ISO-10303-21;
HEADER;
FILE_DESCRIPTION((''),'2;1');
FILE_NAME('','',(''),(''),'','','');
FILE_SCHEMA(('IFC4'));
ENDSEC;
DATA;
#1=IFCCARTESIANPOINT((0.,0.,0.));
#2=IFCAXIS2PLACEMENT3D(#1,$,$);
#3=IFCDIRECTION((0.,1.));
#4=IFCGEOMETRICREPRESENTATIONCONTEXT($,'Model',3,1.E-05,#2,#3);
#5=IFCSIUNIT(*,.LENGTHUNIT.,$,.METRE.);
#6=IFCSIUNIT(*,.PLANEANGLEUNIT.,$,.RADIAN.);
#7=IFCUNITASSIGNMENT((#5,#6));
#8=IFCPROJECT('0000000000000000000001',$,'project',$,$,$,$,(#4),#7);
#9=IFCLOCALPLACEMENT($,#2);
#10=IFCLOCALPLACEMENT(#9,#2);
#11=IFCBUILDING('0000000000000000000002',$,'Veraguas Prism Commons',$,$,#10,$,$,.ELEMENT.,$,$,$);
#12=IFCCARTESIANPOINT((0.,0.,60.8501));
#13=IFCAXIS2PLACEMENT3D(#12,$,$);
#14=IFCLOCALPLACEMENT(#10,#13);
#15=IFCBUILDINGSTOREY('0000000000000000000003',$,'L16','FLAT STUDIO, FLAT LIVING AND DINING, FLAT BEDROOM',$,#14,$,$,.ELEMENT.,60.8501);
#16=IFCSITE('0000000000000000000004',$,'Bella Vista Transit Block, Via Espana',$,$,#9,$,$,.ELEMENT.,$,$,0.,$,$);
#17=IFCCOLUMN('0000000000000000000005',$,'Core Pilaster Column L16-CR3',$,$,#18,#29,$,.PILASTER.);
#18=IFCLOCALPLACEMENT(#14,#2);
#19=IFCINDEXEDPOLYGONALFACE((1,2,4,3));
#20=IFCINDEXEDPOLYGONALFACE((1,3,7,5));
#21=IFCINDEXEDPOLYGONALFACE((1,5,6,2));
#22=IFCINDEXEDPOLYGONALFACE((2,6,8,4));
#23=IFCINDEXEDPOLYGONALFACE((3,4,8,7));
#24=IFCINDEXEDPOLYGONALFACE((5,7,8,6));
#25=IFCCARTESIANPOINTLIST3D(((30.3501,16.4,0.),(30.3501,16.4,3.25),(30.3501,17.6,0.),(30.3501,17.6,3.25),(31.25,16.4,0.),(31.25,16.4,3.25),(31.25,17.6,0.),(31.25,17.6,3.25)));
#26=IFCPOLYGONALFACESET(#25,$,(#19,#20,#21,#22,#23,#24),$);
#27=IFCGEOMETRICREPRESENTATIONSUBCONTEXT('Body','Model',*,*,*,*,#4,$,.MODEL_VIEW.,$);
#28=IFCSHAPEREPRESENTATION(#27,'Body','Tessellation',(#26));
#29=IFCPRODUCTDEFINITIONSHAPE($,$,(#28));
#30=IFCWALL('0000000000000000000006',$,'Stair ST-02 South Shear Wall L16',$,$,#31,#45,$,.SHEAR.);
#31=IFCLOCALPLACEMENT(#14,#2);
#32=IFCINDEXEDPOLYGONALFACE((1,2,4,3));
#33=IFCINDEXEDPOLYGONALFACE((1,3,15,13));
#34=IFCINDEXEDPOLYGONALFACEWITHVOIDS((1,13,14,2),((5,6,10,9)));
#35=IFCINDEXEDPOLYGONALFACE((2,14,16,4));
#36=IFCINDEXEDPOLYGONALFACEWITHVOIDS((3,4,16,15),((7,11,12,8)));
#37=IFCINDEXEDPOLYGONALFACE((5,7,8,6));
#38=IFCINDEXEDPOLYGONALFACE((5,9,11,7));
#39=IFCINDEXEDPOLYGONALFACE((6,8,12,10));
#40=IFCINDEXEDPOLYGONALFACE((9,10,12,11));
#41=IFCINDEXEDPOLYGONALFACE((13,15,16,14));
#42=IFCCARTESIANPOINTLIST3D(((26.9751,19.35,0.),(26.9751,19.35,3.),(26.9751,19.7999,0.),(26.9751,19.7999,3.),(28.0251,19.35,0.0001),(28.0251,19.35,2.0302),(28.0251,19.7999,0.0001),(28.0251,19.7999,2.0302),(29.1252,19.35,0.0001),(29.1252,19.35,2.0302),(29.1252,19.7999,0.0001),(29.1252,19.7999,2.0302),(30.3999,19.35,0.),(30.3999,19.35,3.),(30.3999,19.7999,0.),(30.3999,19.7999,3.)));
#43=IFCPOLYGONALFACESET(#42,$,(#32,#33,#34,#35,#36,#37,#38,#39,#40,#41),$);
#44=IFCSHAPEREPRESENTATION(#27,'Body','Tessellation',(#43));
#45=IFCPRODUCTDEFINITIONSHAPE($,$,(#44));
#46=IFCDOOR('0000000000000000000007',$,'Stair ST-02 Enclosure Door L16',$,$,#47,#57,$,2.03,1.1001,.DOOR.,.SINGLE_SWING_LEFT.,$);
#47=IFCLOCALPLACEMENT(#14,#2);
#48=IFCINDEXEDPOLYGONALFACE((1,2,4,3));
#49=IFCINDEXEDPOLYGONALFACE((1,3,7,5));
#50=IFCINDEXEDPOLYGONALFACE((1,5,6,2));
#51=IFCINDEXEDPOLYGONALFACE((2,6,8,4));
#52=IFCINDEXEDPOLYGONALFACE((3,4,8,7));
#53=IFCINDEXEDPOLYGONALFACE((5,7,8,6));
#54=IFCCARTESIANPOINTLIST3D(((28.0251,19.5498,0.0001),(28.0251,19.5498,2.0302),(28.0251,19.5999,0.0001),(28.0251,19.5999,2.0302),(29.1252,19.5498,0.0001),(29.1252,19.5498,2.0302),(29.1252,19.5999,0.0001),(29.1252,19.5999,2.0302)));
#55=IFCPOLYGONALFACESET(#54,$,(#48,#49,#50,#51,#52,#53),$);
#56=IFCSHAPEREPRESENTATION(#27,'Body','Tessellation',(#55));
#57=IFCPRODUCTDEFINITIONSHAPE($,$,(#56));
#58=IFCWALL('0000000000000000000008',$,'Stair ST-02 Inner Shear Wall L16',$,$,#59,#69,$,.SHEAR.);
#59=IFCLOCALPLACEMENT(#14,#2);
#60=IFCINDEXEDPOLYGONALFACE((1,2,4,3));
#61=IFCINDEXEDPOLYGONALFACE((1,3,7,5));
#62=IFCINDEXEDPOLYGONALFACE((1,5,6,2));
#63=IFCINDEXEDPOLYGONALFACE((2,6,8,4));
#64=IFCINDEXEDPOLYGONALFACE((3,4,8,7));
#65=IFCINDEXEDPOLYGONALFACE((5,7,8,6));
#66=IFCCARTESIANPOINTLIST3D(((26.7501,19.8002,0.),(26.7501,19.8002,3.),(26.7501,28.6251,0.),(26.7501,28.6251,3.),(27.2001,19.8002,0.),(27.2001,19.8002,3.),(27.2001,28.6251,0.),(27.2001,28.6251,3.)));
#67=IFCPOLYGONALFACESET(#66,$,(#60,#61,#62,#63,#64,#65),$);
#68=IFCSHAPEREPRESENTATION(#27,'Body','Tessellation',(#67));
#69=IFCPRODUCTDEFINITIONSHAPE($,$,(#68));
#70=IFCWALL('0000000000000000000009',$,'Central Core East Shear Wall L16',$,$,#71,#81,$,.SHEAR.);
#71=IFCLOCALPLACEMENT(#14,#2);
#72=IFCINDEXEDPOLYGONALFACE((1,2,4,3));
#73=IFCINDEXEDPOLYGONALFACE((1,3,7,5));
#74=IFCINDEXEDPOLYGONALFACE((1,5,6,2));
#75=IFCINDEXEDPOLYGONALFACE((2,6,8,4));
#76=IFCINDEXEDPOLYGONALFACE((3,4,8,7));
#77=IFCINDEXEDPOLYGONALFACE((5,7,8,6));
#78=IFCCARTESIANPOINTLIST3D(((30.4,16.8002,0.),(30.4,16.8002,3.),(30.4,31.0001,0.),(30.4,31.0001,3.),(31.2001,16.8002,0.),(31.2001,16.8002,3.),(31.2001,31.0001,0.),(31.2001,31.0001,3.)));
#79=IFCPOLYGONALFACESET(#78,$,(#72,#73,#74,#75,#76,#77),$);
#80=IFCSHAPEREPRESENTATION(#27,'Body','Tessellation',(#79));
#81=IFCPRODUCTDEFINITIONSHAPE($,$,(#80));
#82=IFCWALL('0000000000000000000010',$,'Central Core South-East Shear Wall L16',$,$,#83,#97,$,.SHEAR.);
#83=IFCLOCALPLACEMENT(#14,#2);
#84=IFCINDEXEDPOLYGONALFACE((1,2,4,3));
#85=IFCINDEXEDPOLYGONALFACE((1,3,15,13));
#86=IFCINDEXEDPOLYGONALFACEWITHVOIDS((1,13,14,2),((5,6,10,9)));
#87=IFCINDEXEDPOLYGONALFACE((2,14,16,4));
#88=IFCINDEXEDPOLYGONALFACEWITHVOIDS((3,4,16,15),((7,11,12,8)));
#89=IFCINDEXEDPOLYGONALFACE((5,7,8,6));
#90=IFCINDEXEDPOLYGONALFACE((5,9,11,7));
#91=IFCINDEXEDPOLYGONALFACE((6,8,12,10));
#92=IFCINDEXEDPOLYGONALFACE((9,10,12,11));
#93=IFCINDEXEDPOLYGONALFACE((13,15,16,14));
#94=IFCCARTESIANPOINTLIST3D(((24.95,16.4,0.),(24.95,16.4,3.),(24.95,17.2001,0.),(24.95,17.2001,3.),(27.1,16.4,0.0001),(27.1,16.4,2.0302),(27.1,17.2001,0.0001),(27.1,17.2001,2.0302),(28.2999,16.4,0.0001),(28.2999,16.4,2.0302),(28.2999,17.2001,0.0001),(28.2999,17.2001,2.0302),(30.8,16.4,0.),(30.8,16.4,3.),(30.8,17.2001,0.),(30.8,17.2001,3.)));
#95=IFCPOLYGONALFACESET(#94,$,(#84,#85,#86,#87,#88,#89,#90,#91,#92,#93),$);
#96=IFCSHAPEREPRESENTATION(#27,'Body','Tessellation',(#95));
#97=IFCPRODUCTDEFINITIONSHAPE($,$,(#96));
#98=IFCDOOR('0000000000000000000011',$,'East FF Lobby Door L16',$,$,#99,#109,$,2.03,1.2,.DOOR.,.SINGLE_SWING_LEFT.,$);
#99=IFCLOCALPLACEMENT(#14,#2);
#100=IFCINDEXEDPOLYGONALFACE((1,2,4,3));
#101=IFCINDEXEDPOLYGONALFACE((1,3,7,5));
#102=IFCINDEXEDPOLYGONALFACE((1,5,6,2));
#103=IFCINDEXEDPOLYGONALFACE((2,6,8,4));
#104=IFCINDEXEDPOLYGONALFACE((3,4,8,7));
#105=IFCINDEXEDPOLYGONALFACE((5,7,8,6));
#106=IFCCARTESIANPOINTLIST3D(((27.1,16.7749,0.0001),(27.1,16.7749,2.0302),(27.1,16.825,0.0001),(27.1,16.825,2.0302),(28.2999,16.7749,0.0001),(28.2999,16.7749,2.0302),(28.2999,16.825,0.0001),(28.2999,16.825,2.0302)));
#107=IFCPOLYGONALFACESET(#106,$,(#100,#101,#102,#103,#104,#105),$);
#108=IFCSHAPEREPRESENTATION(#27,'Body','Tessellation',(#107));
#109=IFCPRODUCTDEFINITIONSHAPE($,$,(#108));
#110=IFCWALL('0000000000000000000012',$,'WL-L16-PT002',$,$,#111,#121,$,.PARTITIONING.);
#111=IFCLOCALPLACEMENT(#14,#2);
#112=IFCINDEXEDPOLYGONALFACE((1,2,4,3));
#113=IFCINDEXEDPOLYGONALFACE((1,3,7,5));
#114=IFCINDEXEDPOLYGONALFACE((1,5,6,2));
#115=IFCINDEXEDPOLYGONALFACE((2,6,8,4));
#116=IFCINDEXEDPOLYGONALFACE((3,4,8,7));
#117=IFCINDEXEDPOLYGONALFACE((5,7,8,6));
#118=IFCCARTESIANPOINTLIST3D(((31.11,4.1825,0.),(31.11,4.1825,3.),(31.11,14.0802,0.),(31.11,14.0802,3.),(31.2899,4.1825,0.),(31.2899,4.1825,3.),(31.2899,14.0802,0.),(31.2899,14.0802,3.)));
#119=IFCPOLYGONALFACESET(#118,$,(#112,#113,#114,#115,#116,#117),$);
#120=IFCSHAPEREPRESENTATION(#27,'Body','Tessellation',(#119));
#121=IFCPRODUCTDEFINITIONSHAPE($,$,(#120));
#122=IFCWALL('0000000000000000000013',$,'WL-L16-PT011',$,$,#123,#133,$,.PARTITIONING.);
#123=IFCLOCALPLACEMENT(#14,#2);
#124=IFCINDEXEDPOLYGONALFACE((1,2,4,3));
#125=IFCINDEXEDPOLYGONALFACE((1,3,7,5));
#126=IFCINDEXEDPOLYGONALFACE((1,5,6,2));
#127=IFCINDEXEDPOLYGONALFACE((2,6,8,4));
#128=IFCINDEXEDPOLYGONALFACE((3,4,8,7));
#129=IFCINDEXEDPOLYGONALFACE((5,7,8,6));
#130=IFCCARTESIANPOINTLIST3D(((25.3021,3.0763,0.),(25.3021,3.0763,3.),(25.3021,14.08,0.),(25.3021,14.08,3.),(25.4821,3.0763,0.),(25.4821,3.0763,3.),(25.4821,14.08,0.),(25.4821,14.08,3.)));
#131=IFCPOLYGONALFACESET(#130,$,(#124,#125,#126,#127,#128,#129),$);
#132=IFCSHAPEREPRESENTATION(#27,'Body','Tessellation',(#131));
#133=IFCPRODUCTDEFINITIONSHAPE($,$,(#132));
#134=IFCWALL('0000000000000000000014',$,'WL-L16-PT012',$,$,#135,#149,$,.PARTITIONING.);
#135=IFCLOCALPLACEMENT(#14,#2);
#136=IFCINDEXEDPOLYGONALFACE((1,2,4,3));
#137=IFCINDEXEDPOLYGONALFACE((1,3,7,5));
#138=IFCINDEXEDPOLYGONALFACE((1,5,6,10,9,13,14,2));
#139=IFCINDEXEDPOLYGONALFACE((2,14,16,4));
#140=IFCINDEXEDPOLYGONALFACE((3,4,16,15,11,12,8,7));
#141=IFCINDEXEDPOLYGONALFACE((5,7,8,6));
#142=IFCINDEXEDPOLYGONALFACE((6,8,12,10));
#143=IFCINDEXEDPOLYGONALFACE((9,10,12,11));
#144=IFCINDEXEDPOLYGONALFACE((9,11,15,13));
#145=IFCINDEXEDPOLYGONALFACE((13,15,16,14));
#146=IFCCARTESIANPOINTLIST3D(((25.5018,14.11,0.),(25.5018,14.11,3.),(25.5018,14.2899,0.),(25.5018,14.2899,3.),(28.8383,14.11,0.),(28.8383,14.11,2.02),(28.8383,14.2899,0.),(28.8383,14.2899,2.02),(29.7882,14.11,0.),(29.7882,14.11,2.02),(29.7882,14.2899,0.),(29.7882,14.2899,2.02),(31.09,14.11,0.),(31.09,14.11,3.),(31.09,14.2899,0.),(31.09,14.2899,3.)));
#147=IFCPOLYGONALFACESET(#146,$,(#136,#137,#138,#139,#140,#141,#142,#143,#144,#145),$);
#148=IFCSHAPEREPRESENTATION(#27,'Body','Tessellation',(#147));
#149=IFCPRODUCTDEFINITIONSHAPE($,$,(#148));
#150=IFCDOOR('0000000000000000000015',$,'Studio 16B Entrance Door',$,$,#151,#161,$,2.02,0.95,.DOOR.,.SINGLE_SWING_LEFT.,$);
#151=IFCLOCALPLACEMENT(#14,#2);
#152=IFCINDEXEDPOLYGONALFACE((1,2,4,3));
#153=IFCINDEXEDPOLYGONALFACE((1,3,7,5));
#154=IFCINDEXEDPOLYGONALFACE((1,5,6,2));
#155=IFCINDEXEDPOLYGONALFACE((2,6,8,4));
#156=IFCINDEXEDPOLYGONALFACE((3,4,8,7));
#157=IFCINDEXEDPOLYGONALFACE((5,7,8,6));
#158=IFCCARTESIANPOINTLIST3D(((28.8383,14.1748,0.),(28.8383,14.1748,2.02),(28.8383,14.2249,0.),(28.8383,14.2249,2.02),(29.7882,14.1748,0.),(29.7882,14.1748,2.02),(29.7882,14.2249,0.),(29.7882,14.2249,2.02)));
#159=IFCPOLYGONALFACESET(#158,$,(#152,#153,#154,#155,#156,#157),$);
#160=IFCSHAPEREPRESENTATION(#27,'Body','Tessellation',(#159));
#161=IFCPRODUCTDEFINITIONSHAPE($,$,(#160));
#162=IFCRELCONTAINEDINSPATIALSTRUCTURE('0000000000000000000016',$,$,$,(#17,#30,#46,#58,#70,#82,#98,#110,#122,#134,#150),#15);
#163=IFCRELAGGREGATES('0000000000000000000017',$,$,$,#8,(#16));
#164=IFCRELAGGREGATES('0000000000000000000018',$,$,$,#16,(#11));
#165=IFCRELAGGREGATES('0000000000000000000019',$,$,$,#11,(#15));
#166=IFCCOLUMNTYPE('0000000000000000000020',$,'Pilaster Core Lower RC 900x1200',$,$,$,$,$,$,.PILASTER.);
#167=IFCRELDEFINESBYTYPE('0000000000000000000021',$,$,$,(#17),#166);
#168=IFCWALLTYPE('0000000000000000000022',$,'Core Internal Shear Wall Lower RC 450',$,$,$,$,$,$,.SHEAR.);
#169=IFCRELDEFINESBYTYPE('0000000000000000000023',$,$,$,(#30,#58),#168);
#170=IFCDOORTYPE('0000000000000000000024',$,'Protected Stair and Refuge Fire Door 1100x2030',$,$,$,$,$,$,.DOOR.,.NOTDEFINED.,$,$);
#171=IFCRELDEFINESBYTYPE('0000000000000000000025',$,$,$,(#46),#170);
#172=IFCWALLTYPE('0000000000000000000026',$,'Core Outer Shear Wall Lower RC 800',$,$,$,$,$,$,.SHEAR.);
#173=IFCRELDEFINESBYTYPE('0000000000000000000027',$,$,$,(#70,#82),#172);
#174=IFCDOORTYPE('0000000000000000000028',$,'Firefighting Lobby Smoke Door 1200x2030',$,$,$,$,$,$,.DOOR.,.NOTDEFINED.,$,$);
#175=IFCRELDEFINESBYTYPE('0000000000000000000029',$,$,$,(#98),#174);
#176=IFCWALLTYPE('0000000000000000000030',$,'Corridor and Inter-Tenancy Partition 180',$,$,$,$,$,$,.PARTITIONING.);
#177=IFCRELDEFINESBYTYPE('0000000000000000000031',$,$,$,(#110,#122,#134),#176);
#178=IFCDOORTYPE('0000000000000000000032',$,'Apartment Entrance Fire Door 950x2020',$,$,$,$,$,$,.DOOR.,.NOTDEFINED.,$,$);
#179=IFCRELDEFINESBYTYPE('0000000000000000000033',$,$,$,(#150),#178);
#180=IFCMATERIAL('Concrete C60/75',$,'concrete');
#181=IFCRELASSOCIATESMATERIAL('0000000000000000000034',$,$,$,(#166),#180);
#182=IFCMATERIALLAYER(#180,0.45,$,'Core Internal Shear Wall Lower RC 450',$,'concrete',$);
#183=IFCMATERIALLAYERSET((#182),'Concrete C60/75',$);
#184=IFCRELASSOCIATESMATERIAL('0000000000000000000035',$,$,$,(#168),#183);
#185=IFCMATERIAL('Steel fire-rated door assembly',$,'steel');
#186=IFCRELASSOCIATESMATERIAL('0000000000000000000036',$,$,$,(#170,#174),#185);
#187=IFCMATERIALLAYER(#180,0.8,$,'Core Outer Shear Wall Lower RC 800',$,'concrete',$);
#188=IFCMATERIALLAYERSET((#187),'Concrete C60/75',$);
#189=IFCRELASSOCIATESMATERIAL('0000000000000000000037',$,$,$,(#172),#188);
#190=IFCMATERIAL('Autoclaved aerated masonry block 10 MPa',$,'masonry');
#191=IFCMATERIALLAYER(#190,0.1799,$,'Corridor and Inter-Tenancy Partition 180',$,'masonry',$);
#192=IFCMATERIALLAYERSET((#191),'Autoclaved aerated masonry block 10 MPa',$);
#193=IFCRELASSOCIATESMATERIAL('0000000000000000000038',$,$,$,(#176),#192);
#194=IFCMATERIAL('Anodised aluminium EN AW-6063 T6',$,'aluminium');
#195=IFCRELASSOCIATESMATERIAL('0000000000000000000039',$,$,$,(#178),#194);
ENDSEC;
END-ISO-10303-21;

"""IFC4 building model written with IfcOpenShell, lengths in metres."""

from ifc_helpers import new_model, si_unit, direction, frame, frame_2d, origin, origin_2d, place, context, subcontext, project, spatial, rectangle, extrude, source, transform, mapped, material, layer, layer_set, material_profile, profile_set, type_object, element, fill, save


model = new_model("IFC4")

# Units and contexts
model_context = context("Model", 3, precision=1e-05, world=origin(), true_north=direction((0.0, 1.0)))
body_context = subcontext(model_context, "Body", "Model", "MODEL_VIEW")
ifc_project = project(units=[si_unit("LENGTHUNIT", "METRE"), si_unit("PLANEANGLEUNIT", "RADIAN")], contexts=[model_context])

# Site, building, storey
site_placement = place(None, origin())
site = spatial("IfcSite", under=ifc_project, at=site_placement, Name="Bella Vista Transit Block, Via Espana", CompositionType="ELEMENT", RefElevation=0.0)
building_placement = place(site_placement, origin())
building = spatial("IfcBuilding", under=site, at=building_placement, Name="Veraguas Prism Commons", CompositionType="ELEMENT")
storey_placement = place(building_placement, frame((0.0, 0.0, 60.8501)))
storey = spatial("IfcBuildingStorey", under=building, at=storey_placement, Name="L16", Description="FLAT STUDIO, FLAT LIVING AND DINING, FLAT BEDROOM", CompositionType="ELEMENT", Elevation=60.8501)

# Column
ifc_material_1 = material(Name="Concrete C60/75", Category="concrete")
ifc_material_profile = material_profile(ifc_material_1, rectangle(XDim=0.8999, YDim=1.2, at=origin_2d()), Name="RC900X1200")
ifc_profile_set = profile_set([ifc_material_profile], Name="Concrete C60/75")
column_type = type_object("IfcColumnType", Name="Pilaster Core Lower RC 900x1200", PredefinedType="PILASTER", material=ifc_profile_set)
column_placement = place(storey_placement, frame((30.8, 17.0, 0.0), z_axis=(0.0, 0.0, 1.0), x_axis=(1.0, 0.0, 0.0)))
element("IfcColumn", 1, at=column_placement, inside=storey, type_object=column_type, Name="Core Pilaster Column L16-CR3", PredefinedType="PILASTER", context=body_context, shape_type="SweptSolid", body=[
    extrude(rectangle(XDim=0.8999, YDim=1.2, at=origin_2d()), origin(), (0.0, 0.0, 1.0), 3.25),
])

# Wall, opening, door
ifc_layer_1 = layer(ifc_material_1, 0.45, Name="Core Internal Shear Wall Lower RC 450", Category="concrete")
ifc_layer_set_1 = layer_set([ifc_layer_1], Name="Concrete C60/75")
wall_type_1 = type_object("IfcWallType", Name="Core Internal Shear Wall Lower RC 450", PredefinedType="SHEAR", material=ifc_layer_set_1)
wall_1_placement = place(storey_placement, frame((26.9751, 19.575, 0.0), z_axis=(0.0, 0.0, 1.0), x_axis=(1.0, 0.0, 0.0)))
wall_1 = element("IfcWall", 2, at=wall_1_placement, inside=storey, type_object=wall_type_1, Name="Stair ST-02 South Shear Wall L16", PredefinedType="SHEAR", context=body_context, shape_type="SweptSolid", body=[
    extrude(rectangle(XDim=3.4248, YDim=0.45, at=frame_2d((1.7124, 0.0))), origin(), (0.0, 0.0, 1.0), 3.0),
])
opening_1_placement = place(wall_1_placement, frame((1.05, 0.0, 0.0)))
opening_1 = element("IfcOpeningElement", 3, at=opening_1_placement, cuts=wall_1, PredefinedType="OPENING", context=body_context, shape_type="SweptSolid", body=[
    extrude(rectangle(XDim=1.1001, YDim=2.03, at=frame_2d((0.55, 1.0151))), frame((0.0, 0.2349, 0.0), z_axis=(0.0, -1.0, 0.0), x_axis=(1.0, 0.0, 0.0)), (0.0, 0.0, 1.0), 0.47),
])
ifc_material_2 = material(Name="Steel fire-rated door assembly", Category="steel")
door_type_1 = type_object("IfcDoorType", Name="Protected Stair and Refuge Fire Door 1100x2030", OperationType="NOTDEFINED", PredefinedType="DOOR", material=ifc_material_2)
shared_shape_1 = source(origin(), body_context, "Body", "SweptSolid", [
    extrude(rectangle(XDim=1.1001, YDim=2.03, at=frame_2d((0.55, 1.0151))), frame((0.0, 0.0249, 0.0), z_axis=(0.0, -1.0, 0.0), x_axis=(1.0, 0.0, 0.0)), (0.0, 0.0, 1.0), 0.05),
])
door_1_placement = place(opening_1_placement, origin())
door_1 = element("IfcDoor", 4, at=door_1_placement, inside=storey, type_object=door_type_1, Name="Stair ST-02 Enclosure Door L16", OperationType="SINGLE_SWING_LEFT", OverallHeight=2.03, OverallWidth=1.1001, PredefinedType="DOOR", context=body_context, shape_type="MappedRepresentation", body=[
    mapped(shared_shape_1, transform((0.0, 0.0, 0.0), scale=1.0)),
])
fill(opening_1, door_1)

# Walls
wall_2_placement = place(storey_placement, frame((26.9751, 19.8, 0.0), z_axis=(0.0, 0.0, 1.0), x_axis=(0.0, 1.0, 0.0)))
element("IfcWall", 5, at=wall_2_placement, inside=storey, type_object=wall_type_1, Name="Stair ST-02 Inner Shear Wall L16", PredefinedType="SHEAR", context=body_context, shape_type="SweptSolid", body=[
    extrude(rectangle(XDim=8.825, YDim=0.45, at=frame_2d((4.4126, 0.0))), origin(), (0.0, 0.0, 1.0), 3.0),
])
ifc_layer_2 = layer(ifc_material_1, 0.8, Name="Core Outer Shear Wall Lower RC 800", Category="concrete")
ifc_layer_set_2 = layer_set([ifc_layer_2], Name="Concrete C60/75")
wall_type_2 = type_object("IfcWallType", Name="Core Outer Shear Wall Lower RC 800", PredefinedType="SHEAR", material=ifc_layer_set_2)
wall_3_placement = place(storey_placement, frame((30.8, 16.8, 0.0), z_axis=(0.0, 0.0, 1.0), x_axis=(0.0, 1.0, 0.0)))
element("IfcWall", 6, at=wall_3_placement, inside=storey, type_object=wall_type_2, Name="Central Core East Shear Wall L16", PredefinedType="SHEAR", context=body_context, shape_type="SweptSolid", body=[
    extrude(rectangle(XDim=14.2, YDim=0.8, at=frame_2d((7.1001, 0.0))), origin(), (0.0, 0.0, 1.0), 3.0),
])

# Wall, opening, door
wall_4_placement = place(storey_placement, frame((24.95, 16.8, 0.0), z_axis=(0.0, 0.0, 1.0), x_axis=(1.0, 0.0, 0.0)))
wall_4 = element("IfcWall", 7, at=wall_4_placement, inside=storey, type_object=wall_type_2, Name="Central Core South-East Shear Wall L16", PredefinedType="SHEAR", context=body_context, shape_type="SweptSolid", body=[
    extrude(rectangle(XDim=5.8501, YDim=0.8, at=frame_2d((2.925, 0.0))), origin(), (0.0, 0.0, 1.0), 3.0),
])
opening_2_placement = place(wall_4_placement, frame((2.1499, 0.0, 0.0)))
opening_2 = element("IfcOpeningElement", 8, at=opening_2_placement, cuts=wall_4, PredefinedType="OPENING", context=body_context, shape_type="SweptSolid", body=[
    extrude(rectangle(XDim=1.2, YDim=2.03, at=frame_2d((0.6001, 1.0151))), frame((0.0, 0.4099, 0.0), z_axis=(0.0, -1.0, 0.0), x_axis=(1.0, 0.0, 0.0)), (0.0, 0.0, 1.0), 0.8201),
])
door_type_2 = type_object("IfcDoorType", Name="Firefighting Lobby Smoke Door 1200x2030", OperationType="NOTDEFINED", PredefinedType="DOOR", material=ifc_material_2)
shared_shape_2 = source(origin(), body_context, "Body", "SweptSolid", [
    extrude(rectangle(XDim=1.2, YDim=2.03, at=frame_2d((0.6001, 1.0151))), frame((0.0, 0.0249, 0.0), z_axis=(0.0, -1.0, 0.0), x_axis=(1.0, 0.0, 0.0)), (0.0, 0.0, 1.0), 0.05),
])
door_2_placement = place(opening_2_placement, origin())
door_2 = element("IfcDoor", 9, at=door_2_placement, inside=storey, type_object=door_type_2, Name="East FF Lobby Door L16", OperationType="SINGLE_SWING_LEFT", OverallHeight=2.03, OverallWidth=1.2, PredefinedType="DOOR", context=body_context, shape_type="MappedRepresentation", body=[
    mapped(shared_shape_2, transform((0.0, 0.0, 0.0), scale=1.0)),
])
fill(opening_2, door_2)

# Walls
ifc_material_3 = material(Name="Autoclaved aerated masonry block 10 MPa", Category="masonry")
ifc_layer_3 = layer(ifc_material_3, 0.1799, Name="Corridor and Inter-Tenancy Partition 180", Category="masonry")
ifc_layer_set_3 = layer_set([ifc_layer_3], Name="Autoclaved aerated masonry block 10 MPa")
wall_type_3 = type_object("IfcWallType", Name="Corridor and Inter-Tenancy Partition 180", PredefinedType="PARTITIONING", material=ifc_layer_set_3)
wall_5_placement = place(storey_placement, frame((31.2, 14.0801, 0.0), z_axis=(0.0, 0.0, 1.0), x_axis=(0.0, -1.0, 0.0)))
element("IfcWall", 10, at=wall_5_placement, inside=storey, type_object=wall_type_3, Name="WL-L16-PT002", PredefinedType="PARTITIONING", context=body_context, shape_type="SweptSolid", body=[
    extrude(rectangle(XDim=9.8977, YDim=0.1799, at=frame_2d((4.9487, 0.0))), origin(), (0.0, 0.0, 1.0), 3.0),
])
wall_6_placement = place(storey_placement, frame((25.3921, 14.0801, 0.0), z_axis=(0.0, 0.0, 1.0), x_axis=(0.0, -1.0, 0.0)))
element("IfcWall", 11, at=wall_6_placement, inside=storey, type_object=wall_type_3, Name="WL-L16-PT011", PredefinedType="PARTITIONING", context=body_context, shape_type="SweptSolid", body=[
    extrude(rectangle(XDim=11.0037, YDim=0.1799, at=frame_2d((5.502, 0.0))), origin(), (0.0, 0.0, 1.0), 3.0),
])

# Wall, opening, door
wall_7_placement = place(storey_placement, frame((25.502, 14.2, 0.0), z_axis=(0.0, 0.0, 1.0), x_axis=(1.0, 0.0, 0.0)))
wall_7 = element("IfcWall", 12, at=wall_7_placement, inside=storey, type_object=wall_type_3, Name="WL-L16-PT012", PredefinedType="PARTITIONING", context=body_context, shape_type="SweptSolid", body=[
    extrude(rectangle(XDim=5.5881, YDim=0.1799, at=frame_2d((2.7939, 0.0))), origin(), (0.0, 0.0, 1.0), 3.0),
])
opening_3_placement = place(wall_7_placement, frame((3.3362, 0.0, 0.0)))
opening_3 = element("IfcOpeningElement", 13, at=opening_3_placement, cuts=wall_7, PredefinedType="OPENING", context=body_context, shape_type="SweptSolid", body=[
    extrude(rectangle(XDim=0.95, YDim=2.02, at=frame_2d((0.4751, 1.01))), frame((0.0, 0.0999, 0.0), z_axis=(0.0, -1.0, 0.0), x_axis=(1.0, 0.0, 0.0)), (0.0, 0.0, 1.0), 0.2),
])
ifc_material_4 = material(Name="Anodised aluminium EN AW-6063 T6", Category="aluminium")
door_type_3 = type_object("IfcDoorType", Name="Apartment Entrance Fire Door 950x2020", OperationType="NOTDEFINED", PredefinedType="DOOR", material=ifc_material_4)
shared_shape_3 = source(origin(), body_context, "Body", "SweptSolid", [
    extrude(rectangle(XDim=0.95, YDim=2.02, at=frame_2d((0.4751, 1.01))), frame((0.0, 0.0249, 0.0), z_axis=(0.0, -1.0, 0.0), x_axis=(1.0, 0.0, 0.0)), (0.0, 0.0, 1.0), 0.05),
])
door_3_placement = place(opening_3_placement, origin())
door_3 = element("IfcDoor", 14, at=door_3_placement, inside=storey, type_object=door_type_3, Name="Studio 16B Entrance Door", OperationType="SINGLE_SWING_LEFT", OverallHeight=2.02, OverallWidth=0.95, PredefinedType="DOOR", context=body_context, shape_type="MappedRepresentation", body=[
    mapped(shared_shape_3, transform((0.0, 0.0, 0.0), scale=1.0)),
])
fill(opening_3, door_3)

save(model, "model.ifc")
